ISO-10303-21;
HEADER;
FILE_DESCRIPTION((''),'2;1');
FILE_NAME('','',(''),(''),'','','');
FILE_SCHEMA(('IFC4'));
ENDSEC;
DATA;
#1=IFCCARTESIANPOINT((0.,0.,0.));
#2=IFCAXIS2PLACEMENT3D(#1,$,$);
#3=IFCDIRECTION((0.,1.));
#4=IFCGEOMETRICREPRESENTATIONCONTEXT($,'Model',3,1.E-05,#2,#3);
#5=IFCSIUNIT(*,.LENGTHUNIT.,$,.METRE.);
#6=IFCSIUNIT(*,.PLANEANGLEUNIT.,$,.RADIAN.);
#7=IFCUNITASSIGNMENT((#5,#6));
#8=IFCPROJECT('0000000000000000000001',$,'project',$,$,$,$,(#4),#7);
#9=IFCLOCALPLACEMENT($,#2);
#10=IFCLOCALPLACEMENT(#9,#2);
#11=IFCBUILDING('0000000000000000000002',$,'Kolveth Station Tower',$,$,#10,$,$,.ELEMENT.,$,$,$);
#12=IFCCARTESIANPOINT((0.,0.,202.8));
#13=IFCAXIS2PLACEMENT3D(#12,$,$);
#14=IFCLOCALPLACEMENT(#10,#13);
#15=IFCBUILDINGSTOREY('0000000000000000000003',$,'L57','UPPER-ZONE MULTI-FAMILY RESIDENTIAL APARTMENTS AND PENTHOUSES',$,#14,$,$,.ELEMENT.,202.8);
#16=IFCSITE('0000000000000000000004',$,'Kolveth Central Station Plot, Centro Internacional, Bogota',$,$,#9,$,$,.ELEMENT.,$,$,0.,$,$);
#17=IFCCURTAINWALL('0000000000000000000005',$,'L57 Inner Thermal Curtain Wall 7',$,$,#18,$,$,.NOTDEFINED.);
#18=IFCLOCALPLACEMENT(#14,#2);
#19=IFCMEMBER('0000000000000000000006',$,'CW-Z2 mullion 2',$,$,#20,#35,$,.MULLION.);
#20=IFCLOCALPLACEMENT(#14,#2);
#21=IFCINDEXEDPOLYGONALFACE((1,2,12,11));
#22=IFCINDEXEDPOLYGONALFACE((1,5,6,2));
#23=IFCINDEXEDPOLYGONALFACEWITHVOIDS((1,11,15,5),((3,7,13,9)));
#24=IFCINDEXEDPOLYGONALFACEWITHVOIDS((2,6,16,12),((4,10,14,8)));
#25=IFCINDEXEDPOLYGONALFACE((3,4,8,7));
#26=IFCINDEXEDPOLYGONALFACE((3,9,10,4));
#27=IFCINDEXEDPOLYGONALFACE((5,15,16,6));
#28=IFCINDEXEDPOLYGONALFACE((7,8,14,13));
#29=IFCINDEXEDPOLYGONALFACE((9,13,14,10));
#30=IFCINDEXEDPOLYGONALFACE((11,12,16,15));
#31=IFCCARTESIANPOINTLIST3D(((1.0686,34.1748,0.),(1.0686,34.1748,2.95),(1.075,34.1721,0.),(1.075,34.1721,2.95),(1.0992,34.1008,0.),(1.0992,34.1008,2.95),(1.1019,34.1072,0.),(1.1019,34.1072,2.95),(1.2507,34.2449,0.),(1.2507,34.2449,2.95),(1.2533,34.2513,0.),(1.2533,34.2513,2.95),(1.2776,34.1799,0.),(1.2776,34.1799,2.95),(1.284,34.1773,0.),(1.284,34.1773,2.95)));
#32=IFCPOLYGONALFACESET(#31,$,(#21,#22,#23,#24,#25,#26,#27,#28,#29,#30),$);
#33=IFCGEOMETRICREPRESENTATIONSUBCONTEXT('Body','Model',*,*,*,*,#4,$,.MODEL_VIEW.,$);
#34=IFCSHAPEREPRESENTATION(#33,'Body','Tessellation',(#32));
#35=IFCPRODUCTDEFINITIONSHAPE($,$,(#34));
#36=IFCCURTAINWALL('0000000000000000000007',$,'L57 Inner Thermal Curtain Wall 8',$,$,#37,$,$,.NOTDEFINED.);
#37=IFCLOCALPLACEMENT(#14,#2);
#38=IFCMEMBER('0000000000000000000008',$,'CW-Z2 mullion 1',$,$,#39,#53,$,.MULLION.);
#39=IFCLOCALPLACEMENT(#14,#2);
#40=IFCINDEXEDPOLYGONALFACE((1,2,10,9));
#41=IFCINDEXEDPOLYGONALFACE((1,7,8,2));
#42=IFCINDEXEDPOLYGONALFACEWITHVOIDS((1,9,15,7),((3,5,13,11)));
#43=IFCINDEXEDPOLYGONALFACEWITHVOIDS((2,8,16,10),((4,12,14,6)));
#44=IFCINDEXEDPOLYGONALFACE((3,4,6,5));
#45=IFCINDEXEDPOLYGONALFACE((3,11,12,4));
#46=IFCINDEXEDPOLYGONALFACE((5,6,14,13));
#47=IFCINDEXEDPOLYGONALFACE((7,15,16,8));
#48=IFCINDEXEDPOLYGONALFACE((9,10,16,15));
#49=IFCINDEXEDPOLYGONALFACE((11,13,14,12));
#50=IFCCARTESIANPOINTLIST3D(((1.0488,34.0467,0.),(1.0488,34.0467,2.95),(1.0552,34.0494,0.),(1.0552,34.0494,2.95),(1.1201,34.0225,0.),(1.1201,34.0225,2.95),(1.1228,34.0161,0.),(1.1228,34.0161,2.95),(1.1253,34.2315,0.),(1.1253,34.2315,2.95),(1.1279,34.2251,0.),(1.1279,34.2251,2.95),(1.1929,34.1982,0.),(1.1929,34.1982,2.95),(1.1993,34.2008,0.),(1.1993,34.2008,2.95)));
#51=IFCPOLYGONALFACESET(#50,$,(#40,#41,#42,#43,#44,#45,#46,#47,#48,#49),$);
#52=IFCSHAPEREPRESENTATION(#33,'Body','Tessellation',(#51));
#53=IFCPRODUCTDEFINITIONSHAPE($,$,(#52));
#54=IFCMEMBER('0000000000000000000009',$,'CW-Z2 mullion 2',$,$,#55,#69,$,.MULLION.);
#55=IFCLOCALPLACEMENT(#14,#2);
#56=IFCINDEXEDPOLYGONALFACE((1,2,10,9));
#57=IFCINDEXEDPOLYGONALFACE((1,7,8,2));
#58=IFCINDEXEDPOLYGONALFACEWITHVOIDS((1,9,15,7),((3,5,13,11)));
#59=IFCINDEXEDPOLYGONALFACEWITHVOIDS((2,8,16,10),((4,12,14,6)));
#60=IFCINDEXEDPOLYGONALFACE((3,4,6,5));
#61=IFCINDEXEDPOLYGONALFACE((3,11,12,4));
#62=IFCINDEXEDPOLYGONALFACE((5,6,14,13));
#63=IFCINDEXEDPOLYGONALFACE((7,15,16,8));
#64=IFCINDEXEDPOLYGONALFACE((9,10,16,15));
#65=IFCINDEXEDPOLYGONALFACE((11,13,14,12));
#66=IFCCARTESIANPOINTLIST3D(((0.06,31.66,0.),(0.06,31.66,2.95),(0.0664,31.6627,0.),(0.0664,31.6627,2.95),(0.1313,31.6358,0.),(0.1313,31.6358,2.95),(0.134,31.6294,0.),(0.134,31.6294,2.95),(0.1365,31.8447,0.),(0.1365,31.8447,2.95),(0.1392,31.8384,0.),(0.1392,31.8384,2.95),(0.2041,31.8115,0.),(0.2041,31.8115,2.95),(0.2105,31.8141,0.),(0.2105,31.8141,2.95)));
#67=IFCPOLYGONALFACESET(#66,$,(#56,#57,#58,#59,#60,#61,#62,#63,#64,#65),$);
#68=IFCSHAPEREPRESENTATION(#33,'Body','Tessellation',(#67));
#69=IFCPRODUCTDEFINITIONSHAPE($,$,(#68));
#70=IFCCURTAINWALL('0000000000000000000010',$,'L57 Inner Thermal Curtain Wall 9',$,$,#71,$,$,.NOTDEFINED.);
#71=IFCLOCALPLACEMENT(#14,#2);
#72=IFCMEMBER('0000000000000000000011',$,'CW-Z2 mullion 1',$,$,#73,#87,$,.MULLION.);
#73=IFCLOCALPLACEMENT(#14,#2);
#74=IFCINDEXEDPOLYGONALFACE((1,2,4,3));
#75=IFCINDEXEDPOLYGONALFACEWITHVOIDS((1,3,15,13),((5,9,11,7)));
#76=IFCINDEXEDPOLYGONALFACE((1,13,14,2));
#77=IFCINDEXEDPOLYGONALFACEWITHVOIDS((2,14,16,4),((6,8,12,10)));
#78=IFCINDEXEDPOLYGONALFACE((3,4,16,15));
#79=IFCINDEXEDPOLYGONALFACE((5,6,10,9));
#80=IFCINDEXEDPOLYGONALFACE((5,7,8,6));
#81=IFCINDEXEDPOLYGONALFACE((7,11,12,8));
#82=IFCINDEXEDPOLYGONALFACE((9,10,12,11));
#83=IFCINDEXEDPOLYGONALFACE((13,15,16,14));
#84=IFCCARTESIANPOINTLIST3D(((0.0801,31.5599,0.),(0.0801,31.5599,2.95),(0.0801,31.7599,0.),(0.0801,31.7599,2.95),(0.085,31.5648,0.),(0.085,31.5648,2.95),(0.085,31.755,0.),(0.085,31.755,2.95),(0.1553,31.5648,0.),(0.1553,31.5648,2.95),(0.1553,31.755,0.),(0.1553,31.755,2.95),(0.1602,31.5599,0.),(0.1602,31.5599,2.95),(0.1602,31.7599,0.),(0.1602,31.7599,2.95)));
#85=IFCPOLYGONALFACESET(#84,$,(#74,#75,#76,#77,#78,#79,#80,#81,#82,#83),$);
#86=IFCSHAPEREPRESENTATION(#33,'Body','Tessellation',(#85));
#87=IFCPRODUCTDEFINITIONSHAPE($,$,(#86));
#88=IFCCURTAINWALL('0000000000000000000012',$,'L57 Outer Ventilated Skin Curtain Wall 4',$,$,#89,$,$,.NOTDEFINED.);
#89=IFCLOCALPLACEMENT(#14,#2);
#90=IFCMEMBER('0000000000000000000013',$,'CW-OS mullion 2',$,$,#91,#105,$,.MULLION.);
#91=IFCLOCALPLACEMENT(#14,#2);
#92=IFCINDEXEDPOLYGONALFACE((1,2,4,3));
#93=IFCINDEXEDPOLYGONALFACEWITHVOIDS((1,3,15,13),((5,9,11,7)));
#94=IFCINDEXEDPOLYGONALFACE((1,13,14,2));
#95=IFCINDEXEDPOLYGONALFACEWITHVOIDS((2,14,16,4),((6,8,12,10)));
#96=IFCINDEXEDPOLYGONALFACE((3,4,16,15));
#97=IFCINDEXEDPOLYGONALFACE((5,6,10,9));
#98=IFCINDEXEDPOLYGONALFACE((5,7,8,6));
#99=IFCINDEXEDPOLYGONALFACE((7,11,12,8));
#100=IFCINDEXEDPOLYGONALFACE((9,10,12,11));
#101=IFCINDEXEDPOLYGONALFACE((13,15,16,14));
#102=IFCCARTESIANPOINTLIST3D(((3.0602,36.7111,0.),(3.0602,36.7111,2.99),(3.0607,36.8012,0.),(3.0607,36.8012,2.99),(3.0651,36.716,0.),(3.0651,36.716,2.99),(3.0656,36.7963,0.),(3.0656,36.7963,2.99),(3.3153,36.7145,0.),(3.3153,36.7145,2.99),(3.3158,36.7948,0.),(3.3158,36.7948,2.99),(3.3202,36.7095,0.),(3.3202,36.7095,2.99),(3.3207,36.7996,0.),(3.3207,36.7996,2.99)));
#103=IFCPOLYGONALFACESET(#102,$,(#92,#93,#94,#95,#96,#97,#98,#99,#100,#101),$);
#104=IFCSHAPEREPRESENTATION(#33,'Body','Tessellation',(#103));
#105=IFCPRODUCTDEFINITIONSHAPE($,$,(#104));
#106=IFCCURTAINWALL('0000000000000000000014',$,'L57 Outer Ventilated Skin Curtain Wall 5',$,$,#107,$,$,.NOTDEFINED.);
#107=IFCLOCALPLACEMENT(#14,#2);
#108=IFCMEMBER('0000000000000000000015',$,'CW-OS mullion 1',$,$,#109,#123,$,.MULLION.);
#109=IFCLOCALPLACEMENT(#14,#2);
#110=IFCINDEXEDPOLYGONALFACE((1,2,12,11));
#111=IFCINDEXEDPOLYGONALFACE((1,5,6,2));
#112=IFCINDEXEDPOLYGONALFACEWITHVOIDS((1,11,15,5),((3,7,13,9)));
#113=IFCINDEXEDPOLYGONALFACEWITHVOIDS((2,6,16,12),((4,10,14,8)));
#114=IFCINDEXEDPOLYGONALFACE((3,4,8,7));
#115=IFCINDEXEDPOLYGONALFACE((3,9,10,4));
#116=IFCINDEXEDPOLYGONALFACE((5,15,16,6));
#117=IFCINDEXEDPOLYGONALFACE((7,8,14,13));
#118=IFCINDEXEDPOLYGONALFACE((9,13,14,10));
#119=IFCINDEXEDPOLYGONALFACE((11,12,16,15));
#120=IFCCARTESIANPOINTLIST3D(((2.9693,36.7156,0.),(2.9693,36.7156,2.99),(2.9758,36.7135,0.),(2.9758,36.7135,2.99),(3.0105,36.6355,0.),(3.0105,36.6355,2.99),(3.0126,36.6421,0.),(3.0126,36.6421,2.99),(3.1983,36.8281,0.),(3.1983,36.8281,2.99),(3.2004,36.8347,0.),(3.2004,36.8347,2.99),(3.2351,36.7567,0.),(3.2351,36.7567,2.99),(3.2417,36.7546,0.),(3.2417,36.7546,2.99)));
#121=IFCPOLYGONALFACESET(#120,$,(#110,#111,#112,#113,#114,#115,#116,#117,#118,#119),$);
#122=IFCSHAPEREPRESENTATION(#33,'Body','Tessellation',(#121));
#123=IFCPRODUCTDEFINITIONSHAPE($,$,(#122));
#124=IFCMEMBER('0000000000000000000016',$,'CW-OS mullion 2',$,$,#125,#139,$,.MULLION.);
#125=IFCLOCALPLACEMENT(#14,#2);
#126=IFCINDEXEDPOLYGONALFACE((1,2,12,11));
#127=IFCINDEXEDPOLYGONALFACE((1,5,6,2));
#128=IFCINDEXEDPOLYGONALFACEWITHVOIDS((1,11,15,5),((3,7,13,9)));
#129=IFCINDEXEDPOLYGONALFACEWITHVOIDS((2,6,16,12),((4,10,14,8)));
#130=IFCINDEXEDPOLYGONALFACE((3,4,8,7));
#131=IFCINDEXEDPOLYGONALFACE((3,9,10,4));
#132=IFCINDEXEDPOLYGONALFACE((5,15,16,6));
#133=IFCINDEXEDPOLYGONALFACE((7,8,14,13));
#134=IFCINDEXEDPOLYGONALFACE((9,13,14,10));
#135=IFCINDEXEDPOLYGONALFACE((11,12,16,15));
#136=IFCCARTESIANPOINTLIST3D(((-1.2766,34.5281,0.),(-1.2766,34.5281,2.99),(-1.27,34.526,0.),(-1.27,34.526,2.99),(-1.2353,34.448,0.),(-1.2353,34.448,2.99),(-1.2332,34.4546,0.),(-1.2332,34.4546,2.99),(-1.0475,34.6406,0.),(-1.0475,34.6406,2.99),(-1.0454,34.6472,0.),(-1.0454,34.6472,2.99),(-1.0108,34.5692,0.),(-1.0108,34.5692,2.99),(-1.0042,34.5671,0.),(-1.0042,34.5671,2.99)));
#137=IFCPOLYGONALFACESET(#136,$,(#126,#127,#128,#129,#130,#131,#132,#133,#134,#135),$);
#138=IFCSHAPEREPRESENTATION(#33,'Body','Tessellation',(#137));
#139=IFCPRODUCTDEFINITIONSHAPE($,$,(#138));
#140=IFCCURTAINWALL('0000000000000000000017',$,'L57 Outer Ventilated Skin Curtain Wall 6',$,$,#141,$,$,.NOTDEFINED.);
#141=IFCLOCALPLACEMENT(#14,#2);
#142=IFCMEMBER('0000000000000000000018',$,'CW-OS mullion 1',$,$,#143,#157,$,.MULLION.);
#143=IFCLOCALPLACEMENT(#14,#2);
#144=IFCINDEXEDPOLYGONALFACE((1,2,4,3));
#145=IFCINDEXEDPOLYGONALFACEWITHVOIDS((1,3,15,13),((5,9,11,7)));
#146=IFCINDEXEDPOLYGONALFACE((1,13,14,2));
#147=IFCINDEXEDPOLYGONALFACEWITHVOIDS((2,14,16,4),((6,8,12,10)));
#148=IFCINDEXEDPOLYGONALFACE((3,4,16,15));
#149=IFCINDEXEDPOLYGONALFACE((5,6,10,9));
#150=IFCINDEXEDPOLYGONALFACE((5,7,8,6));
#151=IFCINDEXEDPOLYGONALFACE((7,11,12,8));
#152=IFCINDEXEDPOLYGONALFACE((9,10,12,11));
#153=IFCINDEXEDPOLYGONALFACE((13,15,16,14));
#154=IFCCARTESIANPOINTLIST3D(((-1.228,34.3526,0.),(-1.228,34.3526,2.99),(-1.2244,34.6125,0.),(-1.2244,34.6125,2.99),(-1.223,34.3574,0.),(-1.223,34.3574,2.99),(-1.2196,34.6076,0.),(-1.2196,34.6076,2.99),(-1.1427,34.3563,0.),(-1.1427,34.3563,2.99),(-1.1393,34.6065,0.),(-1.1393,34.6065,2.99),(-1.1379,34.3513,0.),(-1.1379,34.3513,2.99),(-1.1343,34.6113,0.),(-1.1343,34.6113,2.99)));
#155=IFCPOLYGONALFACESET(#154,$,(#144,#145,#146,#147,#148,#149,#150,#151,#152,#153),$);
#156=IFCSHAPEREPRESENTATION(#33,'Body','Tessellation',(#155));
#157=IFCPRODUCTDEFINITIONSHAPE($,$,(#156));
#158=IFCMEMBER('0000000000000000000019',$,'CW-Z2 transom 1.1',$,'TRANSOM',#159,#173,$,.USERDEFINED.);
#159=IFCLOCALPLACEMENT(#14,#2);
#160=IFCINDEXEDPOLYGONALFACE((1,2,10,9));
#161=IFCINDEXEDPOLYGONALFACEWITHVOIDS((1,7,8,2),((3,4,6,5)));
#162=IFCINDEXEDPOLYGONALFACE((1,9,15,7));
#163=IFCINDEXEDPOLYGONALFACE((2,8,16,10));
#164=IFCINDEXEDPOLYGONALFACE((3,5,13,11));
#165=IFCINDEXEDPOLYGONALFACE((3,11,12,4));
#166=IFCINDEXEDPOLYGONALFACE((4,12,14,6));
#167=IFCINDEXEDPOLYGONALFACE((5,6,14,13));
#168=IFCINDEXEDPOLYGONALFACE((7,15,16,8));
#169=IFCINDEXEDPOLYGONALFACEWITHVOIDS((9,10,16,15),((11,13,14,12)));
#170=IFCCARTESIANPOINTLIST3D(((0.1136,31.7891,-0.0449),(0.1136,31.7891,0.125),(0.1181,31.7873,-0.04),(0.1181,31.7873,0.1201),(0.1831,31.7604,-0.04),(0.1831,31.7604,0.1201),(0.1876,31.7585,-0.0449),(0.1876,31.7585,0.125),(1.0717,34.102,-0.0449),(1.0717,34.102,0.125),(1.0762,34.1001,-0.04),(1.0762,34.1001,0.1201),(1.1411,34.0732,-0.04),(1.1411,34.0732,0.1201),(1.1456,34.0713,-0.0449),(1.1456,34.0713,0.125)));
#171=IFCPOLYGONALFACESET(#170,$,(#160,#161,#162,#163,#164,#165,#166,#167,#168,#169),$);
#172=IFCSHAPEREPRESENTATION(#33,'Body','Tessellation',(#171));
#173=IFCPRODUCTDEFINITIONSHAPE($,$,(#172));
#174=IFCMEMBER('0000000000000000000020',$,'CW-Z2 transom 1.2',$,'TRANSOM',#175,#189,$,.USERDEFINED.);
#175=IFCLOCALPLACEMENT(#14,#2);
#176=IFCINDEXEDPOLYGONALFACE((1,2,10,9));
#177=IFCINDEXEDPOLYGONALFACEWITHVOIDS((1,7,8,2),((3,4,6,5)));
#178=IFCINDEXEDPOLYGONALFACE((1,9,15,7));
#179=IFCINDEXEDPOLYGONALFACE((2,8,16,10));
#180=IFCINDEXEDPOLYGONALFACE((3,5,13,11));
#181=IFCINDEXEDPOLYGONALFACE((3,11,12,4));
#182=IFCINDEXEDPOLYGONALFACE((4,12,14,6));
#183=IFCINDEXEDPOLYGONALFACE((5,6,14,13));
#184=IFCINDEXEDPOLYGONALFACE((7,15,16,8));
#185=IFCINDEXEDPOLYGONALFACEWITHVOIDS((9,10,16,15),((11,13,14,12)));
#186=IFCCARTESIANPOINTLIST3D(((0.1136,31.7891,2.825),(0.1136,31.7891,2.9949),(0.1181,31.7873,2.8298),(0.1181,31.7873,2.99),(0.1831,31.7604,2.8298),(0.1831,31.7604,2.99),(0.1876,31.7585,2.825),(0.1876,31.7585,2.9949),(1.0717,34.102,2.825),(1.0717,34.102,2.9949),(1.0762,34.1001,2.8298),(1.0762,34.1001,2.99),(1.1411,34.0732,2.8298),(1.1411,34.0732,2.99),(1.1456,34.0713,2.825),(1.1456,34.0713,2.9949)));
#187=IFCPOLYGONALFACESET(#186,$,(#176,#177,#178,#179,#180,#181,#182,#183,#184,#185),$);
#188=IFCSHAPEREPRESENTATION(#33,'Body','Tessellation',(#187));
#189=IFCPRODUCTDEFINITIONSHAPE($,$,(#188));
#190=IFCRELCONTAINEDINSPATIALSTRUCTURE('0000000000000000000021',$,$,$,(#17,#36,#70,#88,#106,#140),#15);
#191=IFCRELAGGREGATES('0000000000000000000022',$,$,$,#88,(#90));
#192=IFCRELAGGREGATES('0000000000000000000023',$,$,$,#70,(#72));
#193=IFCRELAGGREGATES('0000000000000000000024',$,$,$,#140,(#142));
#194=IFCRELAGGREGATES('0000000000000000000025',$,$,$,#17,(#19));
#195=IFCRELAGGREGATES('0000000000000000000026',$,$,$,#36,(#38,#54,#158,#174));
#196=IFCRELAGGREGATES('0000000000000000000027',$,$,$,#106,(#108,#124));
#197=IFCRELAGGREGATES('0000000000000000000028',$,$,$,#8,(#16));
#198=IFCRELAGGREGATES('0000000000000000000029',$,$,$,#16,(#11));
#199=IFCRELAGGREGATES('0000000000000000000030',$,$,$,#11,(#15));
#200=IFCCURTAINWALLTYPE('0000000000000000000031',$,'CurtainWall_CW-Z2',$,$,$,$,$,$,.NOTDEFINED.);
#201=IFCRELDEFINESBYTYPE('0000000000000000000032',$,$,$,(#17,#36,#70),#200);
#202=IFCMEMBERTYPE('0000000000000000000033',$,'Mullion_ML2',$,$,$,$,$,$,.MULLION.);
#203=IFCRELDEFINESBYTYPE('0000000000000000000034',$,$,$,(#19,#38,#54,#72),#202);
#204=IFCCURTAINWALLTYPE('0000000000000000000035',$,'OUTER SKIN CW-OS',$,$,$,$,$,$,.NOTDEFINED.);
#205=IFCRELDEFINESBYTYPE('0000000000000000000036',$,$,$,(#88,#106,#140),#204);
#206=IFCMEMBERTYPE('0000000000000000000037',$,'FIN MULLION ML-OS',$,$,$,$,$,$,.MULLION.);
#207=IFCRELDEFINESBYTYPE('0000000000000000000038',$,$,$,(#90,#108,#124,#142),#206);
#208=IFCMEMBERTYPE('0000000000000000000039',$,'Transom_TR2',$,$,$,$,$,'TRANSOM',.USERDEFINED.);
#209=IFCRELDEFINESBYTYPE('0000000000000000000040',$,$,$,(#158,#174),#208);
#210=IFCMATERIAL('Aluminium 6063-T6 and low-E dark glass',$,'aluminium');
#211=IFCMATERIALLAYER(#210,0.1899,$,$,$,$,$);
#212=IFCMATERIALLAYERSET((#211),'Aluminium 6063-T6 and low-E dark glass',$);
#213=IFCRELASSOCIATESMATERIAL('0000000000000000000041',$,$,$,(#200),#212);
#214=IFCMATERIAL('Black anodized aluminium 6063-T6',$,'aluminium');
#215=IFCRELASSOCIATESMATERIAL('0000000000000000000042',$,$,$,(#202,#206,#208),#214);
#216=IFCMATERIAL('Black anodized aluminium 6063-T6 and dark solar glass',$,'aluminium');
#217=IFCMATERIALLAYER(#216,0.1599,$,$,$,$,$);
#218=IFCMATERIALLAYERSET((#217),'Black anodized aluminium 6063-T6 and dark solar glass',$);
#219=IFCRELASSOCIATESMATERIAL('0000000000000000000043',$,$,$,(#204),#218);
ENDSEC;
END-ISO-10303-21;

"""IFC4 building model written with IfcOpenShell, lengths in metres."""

from ifc_helpers import new_model, si_unit, direction, frame, origin, origin_2d, place, context, subcontext, project, spatial, hollow_rectangle, extrude, source, transform, mapped, material, layer, layer_set, material_profile, profile_set, type_object, element, aggregate, save


model = new_model("IFC4")

# Units and contexts
model_context = context("Model", 3, precision=1e-05, world=origin(), true_north=direction((0.0, 1.0)))
body_context = subcontext(model_context, "Body", "Model", "MODEL_VIEW")
ifc_project = project(units=[si_unit("LENGTHUNIT", "METRE"), si_unit("PLANEANGLEUNIT", "RADIAN")], contexts=[model_context])

# Site, building, storey
site_placement = place(None, origin())
site = spatial("IfcSite", under=ifc_project, at=site_placement, Name="Kolveth Central Station Plot, Centro Internacional, Bogota", CompositionType="ELEMENT", RefElevation=0.0)
building_placement = place(site_placement, origin())
building = spatial("IfcBuilding", under=site, at=building_placement, Name="Kolveth Station Tower", CompositionType="ELEMENT")
storey_placement = place(building_placement, frame((0.0, 0.0, 202.8)))
storey = spatial("IfcBuildingStorey", under=building, at=storey_placement, Name="L57", Description="UPPER-ZONE MULTI-FAMILY RESIDENTIAL APARTMENTS AND PENTHOUSES", CompositionType="ELEMENT", Elevation=202.8)

# Curtain wall, member
ifc_material_1 = material(Name="Aluminium 6063-T6 and low-E dark glass", Category="aluminium")
ifc_layer_1 = layer(ifc_material_1, 0.1899)
ifc_layer_set_1 = layer_set([ifc_layer_1], Name="Aluminium 6063-T6 and low-E dark glass")
curtain_wall_type_1 = type_object("IfcCurtainWallType", Name="CurtainWall_CW-Z2", PredefinedType="NOTDEFINED", material=ifc_layer_set_1)
curtain_wall_1_placement = place(storey_placement, origin())
curtain_wall_1 = element("IfcCurtainWall", 1, at=curtain_wall_1_placement, inside=storey, type_object=curtain_wall_type_1, Name="L57 Inner Thermal Curtain Wall 7", PredefinedType="NOTDEFINED")
ifc_material_2 = material(Name="Black anodized aluminium 6063-T6", Category="aluminium")
ifc_material_profile_1 = material_profile(ifc_material_2, hollow_rectangle(XDim=0.0801, YDim=0.2, WallThickness=0.0049, at=origin_2d()), Name="ALU-80x200x5")
ifc_profile_set_1 = profile_set([ifc_material_profile_1], Name="Black anodized aluminium 6063-T6")
member_type_1 = type_object("IfcMemberType", Name="Mullion_ML2", PredefinedType="MULLION", material=ifc_profile_set_1)
shared_shape_1 = source(origin(), body_context, "Body", "SweptSolid", [
    extrude(hollow_rectangle(XDim=0.0801, YDim=0.2, WallThickness=0.0049, at=origin_2d()), origin(), (0.0, 0.0, 1.0), 2.95),
])
member_1_placement = place(storey_placement, frame((1.1763, 34.176, 0.0), z_axis=(0.0, 0.0, 1.0), x_axis=(0.382698, -0.923874, 0.0)))
member_1 = element("IfcMember", 2, at=member_1_placement, type_object=member_type_1, Name="CW-Z2 mullion 2", PredefinedType="MULLION", context=body_context, shape_type="MappedRepresentation", body=[
    mapped(shared_shape_1, transform((0.0, 0.0, 0.0), x_axis=(1.0, 0.0, 0.0), y_axis=(0.0, 1.0, 0.0), z_axis=(0.0, 0.0, 1.0), scale=1.0)),
])

# Curtain wall, members
curtain_wall_2_placement = place(storey_placement, origin())
curtain_wall_2 = element("IfcCurtainWall", 3, at=curtain_wall_2_placement, inside=storey, type_object=curtain_wall_type_1, Name="L57 Inner Thermal Curtain Wall 8", PredefinedType="NOTDEFINED")
member_2_placement = place(storey_placement, frame((1.124, 34.1238, 0.0), z_axis=(0.0, 0.0, 1.0), x_axis=(0.923874, -0.382698, 0.0)))
member_2 = element("IfcMember", 4, at=member_2_placement, type_object=member_type_1, Name="CW-Z2 mullion 1", PredefinedType="MULLION", context=body_context, shape_type="MappedRepresentation", body=[
    mapped(shared_shape_1, transform((0.0, 0.0, 0.0), x_axis=(1.0, 0.0, 0.0), y_axis=(0.0, 1.0, 0.0), z_axis=(0.0, 0.0, 1.0), scale=1.0)),
])
member_3_placement = place(storey_placement, frame((0.1353, 31.7371, 0.0), z_axis=(0.0, 0.0, 1.0), x_axis=(0.923874, -0.382698, 0.0)))
member_3 = element("IfcMember", 5, at=member_3_placement, type_object=member_type_1, Name="CW-Z2 mullion 2", PredefinedType="MULLION", context=body_context, shape_type="MappedRepresentation", body=[
    mapped(shared_shape_1, transform((0.0, 0.0, 0.0), x_axis=(1.0, 0.0, 0.0), y_axis=(0.0, 1.0, 0.0), z_axis=(0.0, 0.0, 1.0), scale=1.0)),
])

# Curtain walls, members
curtain_wall_3_placement = place(storey_placement, origin())
curtain_wall_3 = element("IfcCurtainWall", 6, at=curtain_wall_3_placement, inside=storey, type_object=curtain_wall_type_1, Name="L57 Inner Thermal Curtain Wall 9", PredefinedType="NOTDEFINED")
member_4_placement = place(storey_placement, frame((0.1201, 31.6599, 0.0), z_axis=(0.0, 0.0, 1.0), x_axis=(1.0, 0.0, 0.0)))
member_4 = element("IfcMember", 7, at=member_4_placement, type_object=member_type_1, Name="CW-Z2 mullion 1", PredefinedType="MULLION", context=body_context, shape_type="MappedRepresentation", body=[
    mapped(shared_shape_1, transform((0.0, 0.0, 0.0), x_axis=(1.0, 0.0, 0.0), y_axis=(0.0, 1.0, 0.0), z_axis=(0.0, 0.0, 1.0), scale=1.0)),
])
ifc_material_3 = material(Name="Black anodized aluminium 6063-T6 and dark solar glass", Category="aluminium")
ifc_layer_2 = layer(ifc_material_3, 0.1599)
ifc_layer_set_2 = layer_set([ifc_layer_2], Name="Black anodized aluminium 6063-T6 and dark solar glass")
curtain_wall_type_2 = type_object("IfcCurtainWallType", Name="OUTER SKIN CW-OS", PredefinedType="NOTDEFINED", material=ifc_layer_set_2)
curtain_wall_4_placement = place(storey_placement, origin())
curtain_wall_4 = element("IfcCurtainWall", 8, at=curtain_wall_4_placement, inside=storey, type_object=curtain_wall_type_2, Name="L57 Outer Ventilated Skin Curtain Wall 4", PredefinedType="NOTDEFINED")
ifc_material_profile_2 = material_profile(ifc_material_2, hollow_rectangle(XDim=0.0901, YDim=0.26, WallThickness=0.0049, at=origin_2d()), Name="ALU-90x260x5")
ifc_profile_set_2 = profile_set([ifc_material_profile_2], Name="Black anodized aluminium 6063-T6")
member_type_2 = type_object("IfcMemberType", Name="FIN MULLION ML-OS", PredefinedType="MULLION", material=ifc_profile_set_2)
shared_shape_2 = source(origin(), body_context, "Body", "SweptSolid", [
    extrude(hollow_rectangle(XDim=0.0901, YDim=0.26, WallThickness=0.0049, at=origin_2d()), origin(), (0.0, 0.0, 1.0), 2.99),
])
member_5_placement = place(storey_placement, frame((3.1904, 36.7554, 0.0), z_axis=(0.0, 0.0, 1.0), x_axis=(-0.00604, -0.999982, 0.0)))
member_5 = element("IfcMember", 9, at=member_5_placement, type_object=member_type_2, Name="CW-OS mullion 2", PredefinedType="MULLION", context=body_context, shape_type="MappedRepresentation", body=[
    mapped(shared_shape_2, transform((0.0, 0.0, 0.0), x_axis=(1.0, 0.0, 0.0), y_axis=(0.0, 1.0, 0.0), z_axis=(0.0, 0.0, 1.0), scale=1.0)),
])
aggregate(curtain_wall_4, [member_5])

# Curtain wall, members
curtain_wall_5_placement = place(storey_placement, origin())
curtain_wall_5 = element("IfcCurtainWall", 10, at=curtain_wall_5_placement, inside=storey, type_object=curtain_wall_type_2, Name="L57 Outer Ventilated Skin Curtain Wall 5", PredefinedType="NOTDEFINED")
member_6_placement = place(storey_placement, frame((3.1055, 36.7351, 0.0), z_axis=(0.0, 0.0, 1.0), x_axis=(0.458006, -0.888949, 0.0)))
member_6 = element("IfcMember", 11, at=member_6_placement, type_object=member_type_2, Name="CW-OS mullion 1", PredefinedType="MULLION", context=body_context, shape_type="MappedRepresentation", body=[
    mapped(shared_shape_2, transform((0.0, 0.0, 0.0), x_axis=(1.0, 0.0, 0.0), y_axis=(0.0, 1.0, 0.0), z_axis=(0.0, 0.0, 1.0), scale=1.0)),
])
member_7_placement = place(storey_placement, frame((-1.1404, 34.5476, 0.0), z_axis=(0.0, 0.0, 1.0), x_axis=(0.458006, -0.888949, 0.0)))
member_7 = element("IfcMember", 12, at=member_7_placement, type_object=member_type_2, Name="CW-OS mullion 2", PredefinedType="MULLION", context=body_context, shape_type="MappedRepresentation", body=[
    mapped(shared_shape_2, transform((0.0, 0.0, 0.0), x_axis=(1.0, 0.0, 0.0), y_axis=(0.0, 1.0, 0.0), z_axis=(0.0, 0.0, 1.0), scale=1.0)),
])

# Curtain wall, member
curtain_wall_6_placement = place(storey_placement, origin())
curtain_wall_6 = element("IfcCurtainWall", 13, at=curtain_wall_6_placement, inside=storey, type_object=curtain_wall_type_2, Name="L57 Outer Ventilated Skin Curtain Wall 6", PredefinedType="NOTDEFINED")
member_8_placement = place(storey_placement, frame((-1.1812, 34.4819, 0.0), z_axis=(0.0, 0.0, 1.0), x_axis=(0.999904, -0.013847, 0.0)))
member_8 = element("IfcMember", 14, at=member_8_placement, type_object=member_type_2, Name="CW-OS mullion 1", PredefinedType="MULLION", context=body_context, shape_type="MappedRepresentation", body=[
    mapped(shared_shape_2, transform((0.0, 0.0, 0.0), x_axis=(1.0, 0.0, 0.0), y_axis=(0.0, 1.0, 0.0), z_axis=(0.0, 0.0, 1.0), scale=1.0)),
])

# Members
ifc_material_profile_3 = material_profile(ifc_material_2, hollow_rectangle(XDim=0.0801, YDim=0.1699, WallThickness=0.0049, at=origin_2d()), Name="ALU-80x170x5")
ifc_profile_set_3 = profile_set([ifc_material_profile_3], Name="Black anodized aluminium 6063-T6")
member_type_3 = type_object("IfcMemberType", Name="Transom_TR2", ElementType="TRANSOM", PredefinedType="USERDEFINED", material=ifc_profile_set_3)
shared_shape_3 = source(origin(), body_context, "Body", "SweptSolid", [
    extrude(hollow_rectangle(XDim=0.0801, YDim=0.1699, WallThickness=0.0049, at=origin_2d()), origin(), (0.0, 0.0, 1.0), 2.5034),
])
member_9_placement = place(storey_placement, frame((1.1086, 34.0867, 0.04), z_axis=(-0.382696, -0.923874, 0.0), x_axis=(0.923874, -0.382696, 0.0)))
member_9 = element("IfcMember", 15, at=member_9_placement, type_object=member_type_3, Name="CW-Z2 transom 1.1", ObjectType="TRANSOM", PredefinedType="USERDEFINED", context=body_context, shape_type="MappedRepresentation", body=[
    mapped(shared_shape_3, transform((0.0, 0.0, 0.0), x_axis=(1.0, 0.0, 0.0), y_axis=(0.0, 1.0, 0.0), z_axis=(0.0, 0.0, 1.0), scale=1.0)),
])
member_10_placement = place(storey_placement, frame((1.1086, 34.0867, 2.9099), z_axis=(-0.382696, -0.923874, 0.0), x_axis=(0.923874, -0.382696, 0.0)))
member_10 = element("IfcMember", 16, at=member_10_placement, type_object=member_type_3, Name="CW-Z2 transom 1.2", ObjectType="TRANSOM", PredefinedType="USERDEFINED", context=body_context, shape_type="MappedRepresentation", body=[
    mapped(shared_shape_3, transform((0.0, 0.0, 0.0), x_axis=(1.0, 0.0, 0.0), y_axis=(0.0, 1.0, 0.0), z_axis=(0.0, 0.0, 1.0), scale=1.0)),
])
aggregate(curtain_wall_3, [member_4])
aggregate(curtain_wall_6, [member_8])

aggregate(curtain_wall_1, [member_1])
aggregate(curtain_wall_2, [member_2, member_3, member_9, member_10])
aggregate(curtain_wall_5, [member_6, member_7])

save(model, "model.ifc")
